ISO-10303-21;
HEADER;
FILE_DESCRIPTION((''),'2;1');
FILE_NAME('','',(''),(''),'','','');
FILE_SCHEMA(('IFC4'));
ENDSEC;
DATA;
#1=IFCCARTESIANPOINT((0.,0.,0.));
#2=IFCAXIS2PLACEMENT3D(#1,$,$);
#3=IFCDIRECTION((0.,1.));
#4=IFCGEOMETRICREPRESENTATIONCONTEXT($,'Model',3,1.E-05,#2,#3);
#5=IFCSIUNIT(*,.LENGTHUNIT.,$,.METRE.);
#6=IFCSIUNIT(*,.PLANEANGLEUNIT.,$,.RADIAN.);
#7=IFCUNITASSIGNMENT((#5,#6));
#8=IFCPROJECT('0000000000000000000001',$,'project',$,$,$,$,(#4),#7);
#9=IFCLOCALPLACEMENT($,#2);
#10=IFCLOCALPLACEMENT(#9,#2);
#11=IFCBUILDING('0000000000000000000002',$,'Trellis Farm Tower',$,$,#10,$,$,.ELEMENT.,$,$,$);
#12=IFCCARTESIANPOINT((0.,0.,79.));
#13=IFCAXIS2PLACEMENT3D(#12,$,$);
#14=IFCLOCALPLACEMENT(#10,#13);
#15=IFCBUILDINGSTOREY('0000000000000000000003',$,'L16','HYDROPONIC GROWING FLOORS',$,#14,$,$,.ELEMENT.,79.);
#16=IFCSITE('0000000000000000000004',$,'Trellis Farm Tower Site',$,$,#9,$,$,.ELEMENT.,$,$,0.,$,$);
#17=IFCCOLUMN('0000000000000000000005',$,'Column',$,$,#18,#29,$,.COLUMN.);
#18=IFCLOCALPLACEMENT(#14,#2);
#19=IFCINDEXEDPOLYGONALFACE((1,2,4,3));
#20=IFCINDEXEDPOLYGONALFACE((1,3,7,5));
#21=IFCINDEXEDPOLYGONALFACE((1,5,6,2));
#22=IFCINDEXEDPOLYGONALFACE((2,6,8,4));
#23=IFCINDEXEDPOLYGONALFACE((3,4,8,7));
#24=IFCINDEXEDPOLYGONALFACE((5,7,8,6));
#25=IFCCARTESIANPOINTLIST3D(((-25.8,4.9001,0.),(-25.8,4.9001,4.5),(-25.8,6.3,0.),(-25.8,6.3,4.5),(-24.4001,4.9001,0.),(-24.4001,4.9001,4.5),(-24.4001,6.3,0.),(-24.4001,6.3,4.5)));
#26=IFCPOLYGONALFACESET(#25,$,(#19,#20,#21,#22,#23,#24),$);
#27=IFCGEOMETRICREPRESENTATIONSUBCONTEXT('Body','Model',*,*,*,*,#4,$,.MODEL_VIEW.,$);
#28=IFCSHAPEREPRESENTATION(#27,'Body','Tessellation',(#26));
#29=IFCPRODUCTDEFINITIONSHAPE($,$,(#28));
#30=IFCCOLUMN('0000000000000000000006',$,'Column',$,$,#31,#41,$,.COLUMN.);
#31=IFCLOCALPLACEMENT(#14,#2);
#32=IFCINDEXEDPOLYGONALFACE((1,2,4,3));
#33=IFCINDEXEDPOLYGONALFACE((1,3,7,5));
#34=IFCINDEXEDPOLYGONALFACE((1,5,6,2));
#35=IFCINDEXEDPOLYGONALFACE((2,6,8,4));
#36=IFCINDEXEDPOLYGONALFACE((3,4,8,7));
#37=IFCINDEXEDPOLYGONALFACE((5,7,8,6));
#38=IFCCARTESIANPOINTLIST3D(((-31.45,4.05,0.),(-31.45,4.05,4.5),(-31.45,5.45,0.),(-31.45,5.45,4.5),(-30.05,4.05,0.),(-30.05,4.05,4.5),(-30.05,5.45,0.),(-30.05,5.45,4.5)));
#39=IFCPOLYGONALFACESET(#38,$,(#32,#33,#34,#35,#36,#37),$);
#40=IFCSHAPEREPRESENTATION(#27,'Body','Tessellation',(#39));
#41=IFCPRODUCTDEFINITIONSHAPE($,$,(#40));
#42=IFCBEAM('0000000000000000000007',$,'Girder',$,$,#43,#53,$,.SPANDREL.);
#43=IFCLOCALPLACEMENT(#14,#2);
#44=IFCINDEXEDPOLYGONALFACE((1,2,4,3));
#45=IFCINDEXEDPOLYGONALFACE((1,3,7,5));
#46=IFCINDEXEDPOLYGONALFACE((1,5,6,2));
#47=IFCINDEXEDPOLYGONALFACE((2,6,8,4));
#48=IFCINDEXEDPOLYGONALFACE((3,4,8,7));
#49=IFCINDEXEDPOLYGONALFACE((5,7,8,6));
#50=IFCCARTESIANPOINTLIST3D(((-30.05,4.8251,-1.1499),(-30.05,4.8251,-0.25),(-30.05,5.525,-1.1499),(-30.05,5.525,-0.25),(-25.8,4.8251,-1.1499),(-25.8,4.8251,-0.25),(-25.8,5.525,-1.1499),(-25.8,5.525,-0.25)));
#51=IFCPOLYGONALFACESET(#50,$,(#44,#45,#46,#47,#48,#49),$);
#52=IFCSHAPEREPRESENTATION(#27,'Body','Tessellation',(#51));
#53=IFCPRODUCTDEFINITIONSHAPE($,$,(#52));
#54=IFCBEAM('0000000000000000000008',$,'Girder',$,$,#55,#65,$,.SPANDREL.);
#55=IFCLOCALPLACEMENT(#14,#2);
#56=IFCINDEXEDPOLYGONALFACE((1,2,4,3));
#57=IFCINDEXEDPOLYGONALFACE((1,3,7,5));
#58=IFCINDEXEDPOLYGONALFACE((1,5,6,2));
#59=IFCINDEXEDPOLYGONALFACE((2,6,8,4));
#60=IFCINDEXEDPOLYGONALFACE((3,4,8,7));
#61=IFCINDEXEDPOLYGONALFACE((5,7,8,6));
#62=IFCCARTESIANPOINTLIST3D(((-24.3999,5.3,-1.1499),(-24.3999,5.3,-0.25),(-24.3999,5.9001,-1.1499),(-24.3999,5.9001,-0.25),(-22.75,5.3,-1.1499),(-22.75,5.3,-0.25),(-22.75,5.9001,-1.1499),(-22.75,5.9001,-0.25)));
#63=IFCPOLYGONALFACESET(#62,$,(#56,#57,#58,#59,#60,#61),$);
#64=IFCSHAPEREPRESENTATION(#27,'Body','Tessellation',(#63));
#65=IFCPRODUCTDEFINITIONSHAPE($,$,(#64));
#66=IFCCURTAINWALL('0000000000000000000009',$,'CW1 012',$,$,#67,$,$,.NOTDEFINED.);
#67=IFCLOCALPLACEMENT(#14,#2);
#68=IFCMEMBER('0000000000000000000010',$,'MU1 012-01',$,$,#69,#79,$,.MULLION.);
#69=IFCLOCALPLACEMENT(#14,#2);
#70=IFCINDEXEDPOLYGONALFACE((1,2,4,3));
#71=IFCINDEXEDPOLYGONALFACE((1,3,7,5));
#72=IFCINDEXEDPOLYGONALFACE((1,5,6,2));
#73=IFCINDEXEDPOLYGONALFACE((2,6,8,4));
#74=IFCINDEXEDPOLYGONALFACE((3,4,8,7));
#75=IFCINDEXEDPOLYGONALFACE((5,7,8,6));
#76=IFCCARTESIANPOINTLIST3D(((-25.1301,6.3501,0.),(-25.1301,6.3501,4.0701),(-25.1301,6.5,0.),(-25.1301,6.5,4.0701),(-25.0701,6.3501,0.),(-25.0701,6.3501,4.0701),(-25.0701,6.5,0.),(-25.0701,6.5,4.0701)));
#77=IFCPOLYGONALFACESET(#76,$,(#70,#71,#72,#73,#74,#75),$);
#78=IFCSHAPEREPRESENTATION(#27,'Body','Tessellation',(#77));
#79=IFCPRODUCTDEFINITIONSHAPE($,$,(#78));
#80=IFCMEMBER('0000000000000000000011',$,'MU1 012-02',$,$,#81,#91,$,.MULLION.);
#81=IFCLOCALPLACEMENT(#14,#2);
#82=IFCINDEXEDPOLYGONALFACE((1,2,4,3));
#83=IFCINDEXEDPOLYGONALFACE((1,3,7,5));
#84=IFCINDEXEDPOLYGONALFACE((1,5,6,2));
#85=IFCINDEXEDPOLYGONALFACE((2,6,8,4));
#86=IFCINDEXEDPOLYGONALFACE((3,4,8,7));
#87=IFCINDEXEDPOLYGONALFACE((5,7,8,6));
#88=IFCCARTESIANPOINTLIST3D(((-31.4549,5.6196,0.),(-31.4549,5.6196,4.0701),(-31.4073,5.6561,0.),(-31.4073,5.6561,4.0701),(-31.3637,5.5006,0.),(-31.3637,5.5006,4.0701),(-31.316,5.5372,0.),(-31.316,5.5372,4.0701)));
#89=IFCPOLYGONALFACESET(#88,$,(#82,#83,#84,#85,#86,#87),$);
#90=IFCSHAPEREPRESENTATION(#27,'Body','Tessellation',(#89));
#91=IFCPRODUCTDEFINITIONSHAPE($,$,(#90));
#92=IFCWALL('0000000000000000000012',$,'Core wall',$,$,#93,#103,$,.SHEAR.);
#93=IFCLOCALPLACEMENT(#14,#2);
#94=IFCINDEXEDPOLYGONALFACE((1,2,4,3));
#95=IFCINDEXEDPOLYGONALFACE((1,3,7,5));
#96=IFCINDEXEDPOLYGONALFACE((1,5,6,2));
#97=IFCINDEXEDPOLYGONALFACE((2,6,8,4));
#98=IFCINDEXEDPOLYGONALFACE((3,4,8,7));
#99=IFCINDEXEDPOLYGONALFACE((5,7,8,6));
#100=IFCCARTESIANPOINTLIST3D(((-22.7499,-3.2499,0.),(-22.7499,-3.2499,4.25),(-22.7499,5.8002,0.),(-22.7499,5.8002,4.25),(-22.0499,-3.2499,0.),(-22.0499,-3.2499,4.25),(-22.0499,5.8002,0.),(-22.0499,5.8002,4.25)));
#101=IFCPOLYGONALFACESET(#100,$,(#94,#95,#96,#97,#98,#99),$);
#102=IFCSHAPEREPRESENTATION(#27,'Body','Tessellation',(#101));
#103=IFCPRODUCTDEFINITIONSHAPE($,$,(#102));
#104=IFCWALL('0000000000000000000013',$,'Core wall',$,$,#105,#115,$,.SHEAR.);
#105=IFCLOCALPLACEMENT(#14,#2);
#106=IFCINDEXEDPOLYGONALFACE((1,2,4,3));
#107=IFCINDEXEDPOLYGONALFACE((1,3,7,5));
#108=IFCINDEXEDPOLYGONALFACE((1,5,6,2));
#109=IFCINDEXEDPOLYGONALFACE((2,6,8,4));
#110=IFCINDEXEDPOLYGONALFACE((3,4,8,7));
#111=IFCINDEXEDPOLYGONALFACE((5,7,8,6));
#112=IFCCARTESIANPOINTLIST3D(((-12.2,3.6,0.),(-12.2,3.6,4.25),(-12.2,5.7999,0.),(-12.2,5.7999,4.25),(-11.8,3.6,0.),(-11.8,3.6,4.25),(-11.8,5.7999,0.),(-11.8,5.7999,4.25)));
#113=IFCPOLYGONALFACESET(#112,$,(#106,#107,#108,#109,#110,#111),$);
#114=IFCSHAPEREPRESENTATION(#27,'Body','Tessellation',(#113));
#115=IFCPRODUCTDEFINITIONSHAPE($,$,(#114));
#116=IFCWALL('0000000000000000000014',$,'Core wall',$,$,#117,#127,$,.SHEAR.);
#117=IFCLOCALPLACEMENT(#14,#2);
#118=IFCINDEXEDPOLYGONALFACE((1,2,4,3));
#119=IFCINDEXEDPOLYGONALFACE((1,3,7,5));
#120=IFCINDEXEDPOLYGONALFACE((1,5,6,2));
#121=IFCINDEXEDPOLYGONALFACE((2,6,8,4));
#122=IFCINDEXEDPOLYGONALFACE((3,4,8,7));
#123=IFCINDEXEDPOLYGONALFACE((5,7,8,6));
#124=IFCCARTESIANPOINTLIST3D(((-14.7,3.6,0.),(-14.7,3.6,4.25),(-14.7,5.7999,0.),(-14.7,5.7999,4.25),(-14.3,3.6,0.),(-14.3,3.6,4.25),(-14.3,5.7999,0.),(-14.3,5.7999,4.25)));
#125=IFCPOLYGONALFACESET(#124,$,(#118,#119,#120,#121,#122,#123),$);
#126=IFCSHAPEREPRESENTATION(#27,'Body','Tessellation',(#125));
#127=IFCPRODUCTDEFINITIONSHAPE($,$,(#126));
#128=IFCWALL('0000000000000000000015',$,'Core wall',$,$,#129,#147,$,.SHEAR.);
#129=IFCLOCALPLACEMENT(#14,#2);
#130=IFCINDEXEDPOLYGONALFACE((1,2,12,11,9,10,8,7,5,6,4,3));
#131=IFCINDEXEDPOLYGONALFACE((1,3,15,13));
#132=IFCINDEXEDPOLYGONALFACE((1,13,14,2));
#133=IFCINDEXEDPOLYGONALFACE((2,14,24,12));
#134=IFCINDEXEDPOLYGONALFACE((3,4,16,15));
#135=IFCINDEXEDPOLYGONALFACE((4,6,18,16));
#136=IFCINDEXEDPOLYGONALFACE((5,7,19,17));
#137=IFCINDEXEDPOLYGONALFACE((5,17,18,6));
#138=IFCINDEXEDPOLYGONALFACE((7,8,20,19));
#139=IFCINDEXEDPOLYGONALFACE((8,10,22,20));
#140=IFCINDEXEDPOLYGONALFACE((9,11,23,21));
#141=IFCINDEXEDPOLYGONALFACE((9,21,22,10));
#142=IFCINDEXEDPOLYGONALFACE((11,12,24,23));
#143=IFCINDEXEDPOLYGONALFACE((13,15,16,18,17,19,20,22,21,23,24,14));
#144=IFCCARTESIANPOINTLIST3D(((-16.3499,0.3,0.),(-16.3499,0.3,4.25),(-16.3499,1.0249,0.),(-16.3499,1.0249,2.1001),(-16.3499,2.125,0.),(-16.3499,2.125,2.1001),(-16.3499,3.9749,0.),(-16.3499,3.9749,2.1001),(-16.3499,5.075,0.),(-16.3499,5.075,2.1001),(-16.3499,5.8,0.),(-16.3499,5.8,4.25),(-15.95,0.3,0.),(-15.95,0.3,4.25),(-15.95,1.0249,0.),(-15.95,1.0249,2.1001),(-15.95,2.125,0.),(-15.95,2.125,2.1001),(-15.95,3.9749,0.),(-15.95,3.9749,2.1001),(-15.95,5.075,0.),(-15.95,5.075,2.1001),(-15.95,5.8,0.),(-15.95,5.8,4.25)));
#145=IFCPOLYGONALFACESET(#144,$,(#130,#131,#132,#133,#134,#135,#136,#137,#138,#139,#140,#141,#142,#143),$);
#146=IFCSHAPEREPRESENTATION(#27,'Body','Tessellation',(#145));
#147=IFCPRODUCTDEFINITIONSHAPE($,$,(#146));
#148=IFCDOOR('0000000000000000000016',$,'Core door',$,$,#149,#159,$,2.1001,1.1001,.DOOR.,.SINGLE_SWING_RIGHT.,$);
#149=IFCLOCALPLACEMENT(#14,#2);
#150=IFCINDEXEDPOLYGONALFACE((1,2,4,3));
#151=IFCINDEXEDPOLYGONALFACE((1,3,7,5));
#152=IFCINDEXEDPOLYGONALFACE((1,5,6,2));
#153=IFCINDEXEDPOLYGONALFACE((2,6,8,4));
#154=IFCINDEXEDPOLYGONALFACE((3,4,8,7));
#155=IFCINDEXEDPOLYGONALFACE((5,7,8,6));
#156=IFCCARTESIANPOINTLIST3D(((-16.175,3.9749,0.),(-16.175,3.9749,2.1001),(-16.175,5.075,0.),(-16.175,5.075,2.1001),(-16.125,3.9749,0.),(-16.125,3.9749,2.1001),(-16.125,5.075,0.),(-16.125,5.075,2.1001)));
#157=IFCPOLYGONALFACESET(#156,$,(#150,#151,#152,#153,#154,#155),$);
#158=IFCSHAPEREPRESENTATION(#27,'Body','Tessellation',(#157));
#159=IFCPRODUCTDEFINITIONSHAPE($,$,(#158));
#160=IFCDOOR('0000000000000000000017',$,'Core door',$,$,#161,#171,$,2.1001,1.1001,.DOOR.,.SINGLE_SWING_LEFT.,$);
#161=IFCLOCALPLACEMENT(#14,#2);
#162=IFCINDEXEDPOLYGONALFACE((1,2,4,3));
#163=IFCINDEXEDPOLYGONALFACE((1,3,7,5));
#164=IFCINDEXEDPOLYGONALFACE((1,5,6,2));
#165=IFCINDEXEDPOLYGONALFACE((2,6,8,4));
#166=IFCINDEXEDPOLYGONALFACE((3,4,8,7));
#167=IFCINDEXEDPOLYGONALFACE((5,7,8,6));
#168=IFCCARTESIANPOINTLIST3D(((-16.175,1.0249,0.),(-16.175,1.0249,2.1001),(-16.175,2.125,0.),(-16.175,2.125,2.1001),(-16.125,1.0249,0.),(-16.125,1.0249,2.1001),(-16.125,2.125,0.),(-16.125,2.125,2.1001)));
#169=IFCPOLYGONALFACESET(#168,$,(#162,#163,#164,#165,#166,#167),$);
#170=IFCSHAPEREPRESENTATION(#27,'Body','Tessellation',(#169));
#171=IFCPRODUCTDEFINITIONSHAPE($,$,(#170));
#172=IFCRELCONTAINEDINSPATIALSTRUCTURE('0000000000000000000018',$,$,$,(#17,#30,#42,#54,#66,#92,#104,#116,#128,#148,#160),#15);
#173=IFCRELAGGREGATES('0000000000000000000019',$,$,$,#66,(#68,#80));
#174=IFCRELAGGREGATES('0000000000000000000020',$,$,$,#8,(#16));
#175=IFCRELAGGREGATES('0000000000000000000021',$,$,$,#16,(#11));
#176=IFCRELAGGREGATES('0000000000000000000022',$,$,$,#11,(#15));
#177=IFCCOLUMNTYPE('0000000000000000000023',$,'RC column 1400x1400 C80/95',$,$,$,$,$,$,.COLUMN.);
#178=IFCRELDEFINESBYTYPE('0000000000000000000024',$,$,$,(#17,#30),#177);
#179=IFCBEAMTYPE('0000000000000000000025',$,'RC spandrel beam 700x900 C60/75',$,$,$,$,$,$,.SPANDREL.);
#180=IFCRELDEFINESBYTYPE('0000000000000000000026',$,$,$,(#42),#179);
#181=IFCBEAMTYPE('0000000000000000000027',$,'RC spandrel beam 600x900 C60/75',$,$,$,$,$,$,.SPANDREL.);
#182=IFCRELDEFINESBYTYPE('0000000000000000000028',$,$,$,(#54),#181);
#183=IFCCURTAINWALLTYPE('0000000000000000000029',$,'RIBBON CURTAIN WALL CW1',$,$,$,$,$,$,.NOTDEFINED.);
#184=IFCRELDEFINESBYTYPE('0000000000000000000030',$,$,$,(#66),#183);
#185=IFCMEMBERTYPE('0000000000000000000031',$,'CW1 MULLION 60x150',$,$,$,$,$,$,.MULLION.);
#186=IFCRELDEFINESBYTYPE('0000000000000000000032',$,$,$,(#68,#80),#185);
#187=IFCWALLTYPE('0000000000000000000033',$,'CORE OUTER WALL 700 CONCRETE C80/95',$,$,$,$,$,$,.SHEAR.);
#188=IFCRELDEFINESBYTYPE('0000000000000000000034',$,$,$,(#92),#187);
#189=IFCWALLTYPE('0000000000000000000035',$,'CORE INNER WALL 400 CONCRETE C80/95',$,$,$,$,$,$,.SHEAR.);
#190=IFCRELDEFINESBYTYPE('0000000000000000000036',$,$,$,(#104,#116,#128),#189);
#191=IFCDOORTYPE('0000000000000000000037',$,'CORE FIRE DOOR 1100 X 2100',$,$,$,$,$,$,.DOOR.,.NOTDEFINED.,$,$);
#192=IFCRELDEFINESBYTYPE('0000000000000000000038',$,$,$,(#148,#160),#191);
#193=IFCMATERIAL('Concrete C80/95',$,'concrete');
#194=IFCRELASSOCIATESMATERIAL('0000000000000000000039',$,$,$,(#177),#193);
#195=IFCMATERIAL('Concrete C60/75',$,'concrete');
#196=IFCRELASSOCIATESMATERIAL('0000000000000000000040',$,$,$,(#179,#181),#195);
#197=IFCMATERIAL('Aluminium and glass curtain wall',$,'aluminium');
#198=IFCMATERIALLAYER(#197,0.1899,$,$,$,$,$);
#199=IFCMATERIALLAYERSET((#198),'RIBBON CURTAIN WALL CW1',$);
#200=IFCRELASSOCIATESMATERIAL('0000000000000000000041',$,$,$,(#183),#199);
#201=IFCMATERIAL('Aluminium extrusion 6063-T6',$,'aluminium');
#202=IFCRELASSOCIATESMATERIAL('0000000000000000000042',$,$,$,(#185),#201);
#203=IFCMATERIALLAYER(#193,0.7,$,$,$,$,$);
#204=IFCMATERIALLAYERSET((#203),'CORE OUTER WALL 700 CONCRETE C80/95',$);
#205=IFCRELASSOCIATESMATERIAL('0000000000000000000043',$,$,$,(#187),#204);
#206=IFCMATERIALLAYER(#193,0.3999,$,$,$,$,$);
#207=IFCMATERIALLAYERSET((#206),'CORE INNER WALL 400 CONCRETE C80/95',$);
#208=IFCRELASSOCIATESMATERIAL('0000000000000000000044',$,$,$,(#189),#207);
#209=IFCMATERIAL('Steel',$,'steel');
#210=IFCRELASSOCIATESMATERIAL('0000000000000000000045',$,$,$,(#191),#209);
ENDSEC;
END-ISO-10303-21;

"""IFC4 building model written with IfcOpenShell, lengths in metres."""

from ifc_helpers import new_model, si_unit, direction, frame, frame_2d, origin, origin_2d, place, context, subcontext, project, spatial, rectangle, extrude, source, transform, mapped, material, layer, layer_set, material_profile, profile_set, type_object, element, fill, aggregate, save


model = new_model("IFC4")

# Units and contexts
model_context = context("Model", 3, precision=1e-05, world=origin(), true_north=direction((0.0, 1.0)))
body_context = subcontext(model_context, "Body", "Model", "MODEL_VIEW")
ifc_project = project(units=[si_unit("LENGTHUNIT", "METRE"), si_unit("PLANEANGLEUNIT", "RADIAN")], contexts=[model_context])

# Site, building, storey
site_placement = place(None, origin())
site = spatial("IfcSite", under=ifc_project, at=site_placement, Name="Trellis Farm Tower Site", CompositionType="ELEMENT", RefElevation=0.0)
building_placement = place(site_placement, origin())
building = spatial("IfcBuilding", under=site, at=building_placement, Name="Trellis Farm Tower", CompositionType="ELEMENT")
storey_placement = place(building_placement, frame((0.0, 0.0, 79.0)))
storey = spatial("IfcBuildingStorey", under=building, at=storey_placement, Name="L16", Description="HYDROPONIC GROWING FLOORS", CompositionType="ELEMENT", Elevation=79.0)

# Columns
ifc_material_1 = material(Name="Concrete C80/95", Category="concrete")
ifc_material_profile_1 = material_profile(ifc_material_1, rectangle(XDim=1.3999, YDim=1.3999, at=origin_2d()), Name="RC column 1400x1400 C80/95")
ifc_profile_set_1 = profile_set([ifc_material_profile_1], Name="Concrete C80/95")
column_type = type_object("IfcColumnType", Name="RC column 1400x1400 C80/95", PredefinedType="COLUMN", material=ifc_profile_set_1)
shared_shape_1 = source(origin(), body_context, "Body", "SweptSolid", [
    extrude(rectangle(XDim=1.3999, YDim=1.3999, at=origin_2d()), origin(), (0.0, 0.0, 1.0), 4.5),
])
for number, where, z_axis, x_axis, name in (
    (1, (-25.1001, 5.6001, 0.0), (0.0, 0.0, 1.0), (1.0, 0.0, 0.0), "Column"),
    (2, (-30.75, 4.75, 0.0), (0.0, 0.0, 1.0), (1.0, 0.0, 0.0), "Column"),
):
    element("IfcColumn", number, at=place(storey_placement, frame(where, z_axis=z_axis, x_axis=x_axis)), inside=storey, type_object=column_type, Name=name, PredefinedType="COLUMN", context=body_context, shape_type="MappedRepresentation", body=[
        mapped(shared_shape_1, transform((0.0, 0.0, 0.0))),
    ])

# Beams
ifc_material_2 = material(Name="Concrete C60/75", Category="concrete")
ifc_material_profile_2 = material_profile(ifc_material_2, rectangle(XDim=0.7, YDim=0.8999, at=origin_2d()), Name="RC spandrel beam 700x900 C60/75")
ifc_profile_set_2 = profile_set([ifc_material_profile_2], Name="Concrete C60/75")
beam_type_1 = type_object("IfcBeamType", Name="RC spandrel beam 700x900 C60/75", PredefinedType="SPANDREL", material=ifc_profile_set_2)
shared_shape_2 = source(origin(), body_context, "Body", "SweptSolid", [
    extrude(rectangle(XDim=0.7, YDim=0.8999, at=origin_2d()), origin(), (0.0, 0.0, 1.0), 4.25),
])
beam_1_placement = place(storey_placement, frame((-30.05, 5.175, -0.7), z_axis=(1.0, 0.0, 0.0), x_axis=(0.0, 1.0, 0.0)))
element("IfcBeam", 3, at=beam_1_placement, inside=storey, type_object=beam_type_1, Name="Girder", PredefinedType="SPANDREL", context=body_context, shape_type="MappedRepresentation", body=[
    mapped(shared_shape_2, transform((0.0, 0.0, 0.0))),
])
ifc_material_profile_3 = material_profile(ifc_material_2, rectangle(XDim=0.6001, YDim=0.8999, at=origin_2d()), Name="RC spandrel beam 600x900 C60/75")
ifc_profile_set_3 = profile_set([ifc_material_profile_3], Name="Concrete C60/75")
beam_type_2 = type_object("IfcBeamType", Name="RC spandrel beam 600x900 C60/75", PredefinedType="SPANDREL", material=ifc_profile_set_3)
shared_shape_3 = source(origin(), body_context, "Body", "SweptSolid", [
    extrude(rectangle(XDim=0.6001, YDim=0.8999, at=origin_2d()), origin(), (0.0, 0.0, 1.0), 1.6499),
])
beam_2_placement = place(storey_placement, frame((-24.3999, 5.6001, -0.7), z_axis=(1.0, 0.0, 0.0), x_axis=(0.0, 1.0, 0.0)))
element("IfcBeam", 4, at=beam_2_placement, inside=storey, type_object=beam_type_2, Name="Girder", PredefinedType="SPANDREL", context=body_context, shape_type="MappedRepresentation", body=[
    mapped(shared_shape_3, transform((0.0, 0.0, 0.0))),
])

# Curtain wall, members
ifc_material_3 = material(Name="Aluminium and glass curtain wall", Category="aluminium")
ifc_layer_1 = layer(ifc_material_3, 0.1899)
ifc_layer_set_1 = layer_set([ifc_layer_1], Name="RIBBON CURTAIN WALL CW1")
curtain_wall_type = type_object("IfcCurtainWallType", Name="RIBBON CURTAIN WALL CW1", PredefinedType="NOTDEFINED", material=ifc_layer_set_1)
placement = place(storey_placement, origin())
curtain_wall = element("IfcCurtainWall", 5, at=placement, inside=storey, type_object=curtain_wall_type, Name="CW1 012", PredefinedType="NOTDEFINED")
ifc_material_4 = material(Name="Aluminium extrusion 6063-T6", Category="aluminium")
ifc_material_profile_4 = material_profile(ifc_material_4, rectangle(XDim=0.0601, YDim=0.1499, at=origin_2d()), Name="MULLION 60x150")
ifc_profile_set_4 = profile_set([ifc_material_profile_4], Name="Aluminium extrusion 6063-T6")
member_type = type_object("IfcMemberType", Name="CW1 MULLION 60x150", PredefinedType="MULLION", material=ifc_profile_set_4)
shared_shape_4 = source(origin(), body_context, "Body", "SweptSolid", [
    extrude(rectangle(XDim=0.0601, YDim=0.1499, at=origin_2d()), origin(), (0.0, 0.0, 1.0), 4.0701),
])
member_1_placement = place(storey_placement, frame((-25.1001, 6.425, 0.0), z_axis=(0.0, 0.0, 1.0), x_axis=(-1.0, 0.0, 0.0)))
member_1 = element("IfcMember", 6, at=member_1_placement, type_object=member_type, Name="MU1 012-01", PredefinedType="MULLION", context=body_context, shape_type="MappedRepresentation", body=[
    mapped(shared_shape_4, transform((0.0, 0.0, 0.0))),
])
member_2_placement = place(storey_placement, frame((-31.3855, 5.5784, 0.0), z_axis=(0.0, 0.0, 1.0), x_axis=(-0.793353, -0.608761, 0.0)))
member_2 = element("IfcMember", 7, at=member_2_placement, type_object=member_type, Name="MU1 012-02", PredefinedType="MULLION", context=body_context, shape_type="MappedRepresentation", body=[
    mapped(shared_shape_4, transform((0.0, 0.0, 0.0))),
])
aggregate(curtain_wall, [member_1, member_2])

# Walls
ifc_layer_2 = layer(ifc_material_1, 0.7)
ifc_layer_set_2 = layer_set([ifc_layer_2], Name="CORE OUTER WALL 700 CONCRETE C80/95")
wall_type_1 = type_object("IfcWallType", Name="CORE OUTER WALL 700 CONCRETE C80/95", PredefinedType="SHEAR", material=ifc_layer_set_2)
shared_shape_5 = source(origin(), body_context, "Body", "SweptSolid", [
    extrude(rectangle(XDim=9.05, YDim=0.7, at=frame_2d((4.5249, 0.0))), origin(), (0.0, 0.0, 1.0), 4.25),
])
wall_1_placement = place(storey_placement, frame((-22.3999, 5.8, 0.0), z_axis=(0.0, 0.0, 1.0), x_axis=(0.0, -1.0, 0.0)))
element("IfcWall", 8, at=wall_1_placement, inside=storey, type_object=wall_type_1, Name="Core wall", PredefinedType="SHEAR", context=body_context, shape_type="MappedRepresentation", body=[
    mapped(shared_shape_5, transform((0.0, 0.0, 0.0))),
])
ifc_layer_3 = layer(ifc_material_1, 0.3999)
ifc_layer_set_3 = layer_set([ifc_layer_3], Name="CORE INNER WALL 400 CONCRETE C80/95")
wall_type_2 = type_object("IfcWallType", Name="CORE INNER WALL 400 CONCRETE C80/95", PredefinedType="SHEAR", material=ifc_layer_set_3)
shared_shape_6 = source(origin(), body_context, "Body", "SweptSolid", [
    extrude(rectangle(XDim=2.2, YDim=0.3999, at=frame_2d((1.1001, 0.0))), origin(), (0.0, 0.0, 1.0), 4.25),
])
for number, where, z_axis, x_axis, name in (
    (9, (-12.0, 5.8, 0.0), (0.0, 0.0, 1.0), (0.0, -1.0, 0.0), "Core wall"),
    (10, (-14.5, 5.8, 0.0), (0.0, 0.0, 1.0), (0.0, -1.0, 0.0), "Core wall"),
):
    element("IfcWall", number, at=place(storey_placement, frame(where, z_axis=z_axis, x_axis=x_axis)), inside=storey, type_object=wall_type_2, Name=name, PredefinedType="SHEAR", context=body_context, shape_type="MappedRepresentation", body=[
        mapped(shared_shape_6, transform((0.0, 0.0, 0.0))),
    ])

# Wall, openings, doors
shared_shape_7 = source(origin(), body_context, "Body", "SweptSolid", [
    extrude(rectangle(XDim=5.5, YDim=0.3999, at=frame_2d((2.75, 0.0))), origin(), (0.0, 0.0, 1.0), 4.25),
])
wall_2_placement = place(storey_placement, frame((-16.1499, 5.8, 0.0), z_axis=(0.0, 0.0, 1.0), x_axis=(0.0, -1.0, 0.0)))
wall_2 = element("IfcWall", 11, at=wall_2_placement, inside=storey, type_object=wall_type_2, Name="Core wall", PredefinedType="SHEAR", context=body_context, shape_type="MappedRepresentation", body=[
    mapped(shared_shape_7, transform((0.0, 0.0, 0.0))),
])
shared_shape_8 = source(origin(), body_context, "Body", "SweptSolid", [
    extrude(rectangle(XDim=1.1001, YDim=2.1001, at=frame_2d((0.55, 1.05))), frame((0.0, 0.21, 0.0), z_axis=(0.0, -1.0, 0.0), x_axis=(1.0, 0.0, 0.0)), (0.0, 0.0, 1.0), 0.4199),
])
opening_1_placement = place(wall_2_placement, frame((0.7251, 0.0, 0.0)))
opening_1 = element("IfcOpeningElement", 12, at=opening_1_placement, cuts=wall_2, PredefinedType="OPENING", context=body_context, shape_type="MappedRepresentation", body=[
    mapped(shared_shape_8, transform((0.0, 0.0, 0.0))),
])
opening_2_placement = place(wall_2_placement, frame((3.675, 0.0, 0.0)))
opening_2 = element("IfcOpeningElement", 13, at=opening_2_placement, cuts=wall_2, PredefinedType="OPENING", context=body_context, shape_type="MappedRepresentation", body=[
    mapped(shared_shape_8, transform((0.0, 0.0, 0.0))),
])
ifc_material_5 = material(Name="Steel", Category="steel")
door_type = type_object("IfcDoorType", Name="CORE FIRE DOOR 1100 X 2100", OperationType="NOTDEFINED", PredefinedType="DOOR", material=ifc_material_5)
shared_shape_9 = source(origin(), body_context, "Body", "SweptSolid", [
    extrude(rectangle(XDim=1.1001, YDim=2.1001, at=frame_2d((0.55, 1.05))), frame((0.0, 0.0249, 0.0), z_axis=(0.0, -1.0, 0.0), x_axis=(1.0, 0.0, 0.0)), (0.0, 0.0, 1.0), 0.05),
])
door_1_placement = place(opening_1_placement, origin())
door_1 = element("IfcDoor", 14, at=door_1_placement, inside=storey, type_object=door_type, Name="Core door", OperationType="SINGLE_SWING_RIGHT", OverallHeight=2.1001, OverallWidth=1.1001, PredefinedType="DOOR", context=body_context, shape_type="MappedRepresentation", body=[
    mapped(shared_shape_9, transform((0.0, 0.0, 0.0))),
])
fill(opening_1, door_1)
door_2_placement = place(opening_2_placement, origin())
door_2 = element("IfcDoor", 15, at=door_2_placement, inside=storey, type_object=door_type, Name="Core door", OperationType="SINGLE_SWING_LEFT", OverallHeight=2.1001, OverallWidth=1.1001, PredefinedType="DOOR", context=body_context, shape_type="MappedRepresentation", body=[
    mapped(shared_shape_9, transform((0.0, 0.0, 0.0))),
])
fill(opening_2, door_2)

save(model, "model.ifc")
